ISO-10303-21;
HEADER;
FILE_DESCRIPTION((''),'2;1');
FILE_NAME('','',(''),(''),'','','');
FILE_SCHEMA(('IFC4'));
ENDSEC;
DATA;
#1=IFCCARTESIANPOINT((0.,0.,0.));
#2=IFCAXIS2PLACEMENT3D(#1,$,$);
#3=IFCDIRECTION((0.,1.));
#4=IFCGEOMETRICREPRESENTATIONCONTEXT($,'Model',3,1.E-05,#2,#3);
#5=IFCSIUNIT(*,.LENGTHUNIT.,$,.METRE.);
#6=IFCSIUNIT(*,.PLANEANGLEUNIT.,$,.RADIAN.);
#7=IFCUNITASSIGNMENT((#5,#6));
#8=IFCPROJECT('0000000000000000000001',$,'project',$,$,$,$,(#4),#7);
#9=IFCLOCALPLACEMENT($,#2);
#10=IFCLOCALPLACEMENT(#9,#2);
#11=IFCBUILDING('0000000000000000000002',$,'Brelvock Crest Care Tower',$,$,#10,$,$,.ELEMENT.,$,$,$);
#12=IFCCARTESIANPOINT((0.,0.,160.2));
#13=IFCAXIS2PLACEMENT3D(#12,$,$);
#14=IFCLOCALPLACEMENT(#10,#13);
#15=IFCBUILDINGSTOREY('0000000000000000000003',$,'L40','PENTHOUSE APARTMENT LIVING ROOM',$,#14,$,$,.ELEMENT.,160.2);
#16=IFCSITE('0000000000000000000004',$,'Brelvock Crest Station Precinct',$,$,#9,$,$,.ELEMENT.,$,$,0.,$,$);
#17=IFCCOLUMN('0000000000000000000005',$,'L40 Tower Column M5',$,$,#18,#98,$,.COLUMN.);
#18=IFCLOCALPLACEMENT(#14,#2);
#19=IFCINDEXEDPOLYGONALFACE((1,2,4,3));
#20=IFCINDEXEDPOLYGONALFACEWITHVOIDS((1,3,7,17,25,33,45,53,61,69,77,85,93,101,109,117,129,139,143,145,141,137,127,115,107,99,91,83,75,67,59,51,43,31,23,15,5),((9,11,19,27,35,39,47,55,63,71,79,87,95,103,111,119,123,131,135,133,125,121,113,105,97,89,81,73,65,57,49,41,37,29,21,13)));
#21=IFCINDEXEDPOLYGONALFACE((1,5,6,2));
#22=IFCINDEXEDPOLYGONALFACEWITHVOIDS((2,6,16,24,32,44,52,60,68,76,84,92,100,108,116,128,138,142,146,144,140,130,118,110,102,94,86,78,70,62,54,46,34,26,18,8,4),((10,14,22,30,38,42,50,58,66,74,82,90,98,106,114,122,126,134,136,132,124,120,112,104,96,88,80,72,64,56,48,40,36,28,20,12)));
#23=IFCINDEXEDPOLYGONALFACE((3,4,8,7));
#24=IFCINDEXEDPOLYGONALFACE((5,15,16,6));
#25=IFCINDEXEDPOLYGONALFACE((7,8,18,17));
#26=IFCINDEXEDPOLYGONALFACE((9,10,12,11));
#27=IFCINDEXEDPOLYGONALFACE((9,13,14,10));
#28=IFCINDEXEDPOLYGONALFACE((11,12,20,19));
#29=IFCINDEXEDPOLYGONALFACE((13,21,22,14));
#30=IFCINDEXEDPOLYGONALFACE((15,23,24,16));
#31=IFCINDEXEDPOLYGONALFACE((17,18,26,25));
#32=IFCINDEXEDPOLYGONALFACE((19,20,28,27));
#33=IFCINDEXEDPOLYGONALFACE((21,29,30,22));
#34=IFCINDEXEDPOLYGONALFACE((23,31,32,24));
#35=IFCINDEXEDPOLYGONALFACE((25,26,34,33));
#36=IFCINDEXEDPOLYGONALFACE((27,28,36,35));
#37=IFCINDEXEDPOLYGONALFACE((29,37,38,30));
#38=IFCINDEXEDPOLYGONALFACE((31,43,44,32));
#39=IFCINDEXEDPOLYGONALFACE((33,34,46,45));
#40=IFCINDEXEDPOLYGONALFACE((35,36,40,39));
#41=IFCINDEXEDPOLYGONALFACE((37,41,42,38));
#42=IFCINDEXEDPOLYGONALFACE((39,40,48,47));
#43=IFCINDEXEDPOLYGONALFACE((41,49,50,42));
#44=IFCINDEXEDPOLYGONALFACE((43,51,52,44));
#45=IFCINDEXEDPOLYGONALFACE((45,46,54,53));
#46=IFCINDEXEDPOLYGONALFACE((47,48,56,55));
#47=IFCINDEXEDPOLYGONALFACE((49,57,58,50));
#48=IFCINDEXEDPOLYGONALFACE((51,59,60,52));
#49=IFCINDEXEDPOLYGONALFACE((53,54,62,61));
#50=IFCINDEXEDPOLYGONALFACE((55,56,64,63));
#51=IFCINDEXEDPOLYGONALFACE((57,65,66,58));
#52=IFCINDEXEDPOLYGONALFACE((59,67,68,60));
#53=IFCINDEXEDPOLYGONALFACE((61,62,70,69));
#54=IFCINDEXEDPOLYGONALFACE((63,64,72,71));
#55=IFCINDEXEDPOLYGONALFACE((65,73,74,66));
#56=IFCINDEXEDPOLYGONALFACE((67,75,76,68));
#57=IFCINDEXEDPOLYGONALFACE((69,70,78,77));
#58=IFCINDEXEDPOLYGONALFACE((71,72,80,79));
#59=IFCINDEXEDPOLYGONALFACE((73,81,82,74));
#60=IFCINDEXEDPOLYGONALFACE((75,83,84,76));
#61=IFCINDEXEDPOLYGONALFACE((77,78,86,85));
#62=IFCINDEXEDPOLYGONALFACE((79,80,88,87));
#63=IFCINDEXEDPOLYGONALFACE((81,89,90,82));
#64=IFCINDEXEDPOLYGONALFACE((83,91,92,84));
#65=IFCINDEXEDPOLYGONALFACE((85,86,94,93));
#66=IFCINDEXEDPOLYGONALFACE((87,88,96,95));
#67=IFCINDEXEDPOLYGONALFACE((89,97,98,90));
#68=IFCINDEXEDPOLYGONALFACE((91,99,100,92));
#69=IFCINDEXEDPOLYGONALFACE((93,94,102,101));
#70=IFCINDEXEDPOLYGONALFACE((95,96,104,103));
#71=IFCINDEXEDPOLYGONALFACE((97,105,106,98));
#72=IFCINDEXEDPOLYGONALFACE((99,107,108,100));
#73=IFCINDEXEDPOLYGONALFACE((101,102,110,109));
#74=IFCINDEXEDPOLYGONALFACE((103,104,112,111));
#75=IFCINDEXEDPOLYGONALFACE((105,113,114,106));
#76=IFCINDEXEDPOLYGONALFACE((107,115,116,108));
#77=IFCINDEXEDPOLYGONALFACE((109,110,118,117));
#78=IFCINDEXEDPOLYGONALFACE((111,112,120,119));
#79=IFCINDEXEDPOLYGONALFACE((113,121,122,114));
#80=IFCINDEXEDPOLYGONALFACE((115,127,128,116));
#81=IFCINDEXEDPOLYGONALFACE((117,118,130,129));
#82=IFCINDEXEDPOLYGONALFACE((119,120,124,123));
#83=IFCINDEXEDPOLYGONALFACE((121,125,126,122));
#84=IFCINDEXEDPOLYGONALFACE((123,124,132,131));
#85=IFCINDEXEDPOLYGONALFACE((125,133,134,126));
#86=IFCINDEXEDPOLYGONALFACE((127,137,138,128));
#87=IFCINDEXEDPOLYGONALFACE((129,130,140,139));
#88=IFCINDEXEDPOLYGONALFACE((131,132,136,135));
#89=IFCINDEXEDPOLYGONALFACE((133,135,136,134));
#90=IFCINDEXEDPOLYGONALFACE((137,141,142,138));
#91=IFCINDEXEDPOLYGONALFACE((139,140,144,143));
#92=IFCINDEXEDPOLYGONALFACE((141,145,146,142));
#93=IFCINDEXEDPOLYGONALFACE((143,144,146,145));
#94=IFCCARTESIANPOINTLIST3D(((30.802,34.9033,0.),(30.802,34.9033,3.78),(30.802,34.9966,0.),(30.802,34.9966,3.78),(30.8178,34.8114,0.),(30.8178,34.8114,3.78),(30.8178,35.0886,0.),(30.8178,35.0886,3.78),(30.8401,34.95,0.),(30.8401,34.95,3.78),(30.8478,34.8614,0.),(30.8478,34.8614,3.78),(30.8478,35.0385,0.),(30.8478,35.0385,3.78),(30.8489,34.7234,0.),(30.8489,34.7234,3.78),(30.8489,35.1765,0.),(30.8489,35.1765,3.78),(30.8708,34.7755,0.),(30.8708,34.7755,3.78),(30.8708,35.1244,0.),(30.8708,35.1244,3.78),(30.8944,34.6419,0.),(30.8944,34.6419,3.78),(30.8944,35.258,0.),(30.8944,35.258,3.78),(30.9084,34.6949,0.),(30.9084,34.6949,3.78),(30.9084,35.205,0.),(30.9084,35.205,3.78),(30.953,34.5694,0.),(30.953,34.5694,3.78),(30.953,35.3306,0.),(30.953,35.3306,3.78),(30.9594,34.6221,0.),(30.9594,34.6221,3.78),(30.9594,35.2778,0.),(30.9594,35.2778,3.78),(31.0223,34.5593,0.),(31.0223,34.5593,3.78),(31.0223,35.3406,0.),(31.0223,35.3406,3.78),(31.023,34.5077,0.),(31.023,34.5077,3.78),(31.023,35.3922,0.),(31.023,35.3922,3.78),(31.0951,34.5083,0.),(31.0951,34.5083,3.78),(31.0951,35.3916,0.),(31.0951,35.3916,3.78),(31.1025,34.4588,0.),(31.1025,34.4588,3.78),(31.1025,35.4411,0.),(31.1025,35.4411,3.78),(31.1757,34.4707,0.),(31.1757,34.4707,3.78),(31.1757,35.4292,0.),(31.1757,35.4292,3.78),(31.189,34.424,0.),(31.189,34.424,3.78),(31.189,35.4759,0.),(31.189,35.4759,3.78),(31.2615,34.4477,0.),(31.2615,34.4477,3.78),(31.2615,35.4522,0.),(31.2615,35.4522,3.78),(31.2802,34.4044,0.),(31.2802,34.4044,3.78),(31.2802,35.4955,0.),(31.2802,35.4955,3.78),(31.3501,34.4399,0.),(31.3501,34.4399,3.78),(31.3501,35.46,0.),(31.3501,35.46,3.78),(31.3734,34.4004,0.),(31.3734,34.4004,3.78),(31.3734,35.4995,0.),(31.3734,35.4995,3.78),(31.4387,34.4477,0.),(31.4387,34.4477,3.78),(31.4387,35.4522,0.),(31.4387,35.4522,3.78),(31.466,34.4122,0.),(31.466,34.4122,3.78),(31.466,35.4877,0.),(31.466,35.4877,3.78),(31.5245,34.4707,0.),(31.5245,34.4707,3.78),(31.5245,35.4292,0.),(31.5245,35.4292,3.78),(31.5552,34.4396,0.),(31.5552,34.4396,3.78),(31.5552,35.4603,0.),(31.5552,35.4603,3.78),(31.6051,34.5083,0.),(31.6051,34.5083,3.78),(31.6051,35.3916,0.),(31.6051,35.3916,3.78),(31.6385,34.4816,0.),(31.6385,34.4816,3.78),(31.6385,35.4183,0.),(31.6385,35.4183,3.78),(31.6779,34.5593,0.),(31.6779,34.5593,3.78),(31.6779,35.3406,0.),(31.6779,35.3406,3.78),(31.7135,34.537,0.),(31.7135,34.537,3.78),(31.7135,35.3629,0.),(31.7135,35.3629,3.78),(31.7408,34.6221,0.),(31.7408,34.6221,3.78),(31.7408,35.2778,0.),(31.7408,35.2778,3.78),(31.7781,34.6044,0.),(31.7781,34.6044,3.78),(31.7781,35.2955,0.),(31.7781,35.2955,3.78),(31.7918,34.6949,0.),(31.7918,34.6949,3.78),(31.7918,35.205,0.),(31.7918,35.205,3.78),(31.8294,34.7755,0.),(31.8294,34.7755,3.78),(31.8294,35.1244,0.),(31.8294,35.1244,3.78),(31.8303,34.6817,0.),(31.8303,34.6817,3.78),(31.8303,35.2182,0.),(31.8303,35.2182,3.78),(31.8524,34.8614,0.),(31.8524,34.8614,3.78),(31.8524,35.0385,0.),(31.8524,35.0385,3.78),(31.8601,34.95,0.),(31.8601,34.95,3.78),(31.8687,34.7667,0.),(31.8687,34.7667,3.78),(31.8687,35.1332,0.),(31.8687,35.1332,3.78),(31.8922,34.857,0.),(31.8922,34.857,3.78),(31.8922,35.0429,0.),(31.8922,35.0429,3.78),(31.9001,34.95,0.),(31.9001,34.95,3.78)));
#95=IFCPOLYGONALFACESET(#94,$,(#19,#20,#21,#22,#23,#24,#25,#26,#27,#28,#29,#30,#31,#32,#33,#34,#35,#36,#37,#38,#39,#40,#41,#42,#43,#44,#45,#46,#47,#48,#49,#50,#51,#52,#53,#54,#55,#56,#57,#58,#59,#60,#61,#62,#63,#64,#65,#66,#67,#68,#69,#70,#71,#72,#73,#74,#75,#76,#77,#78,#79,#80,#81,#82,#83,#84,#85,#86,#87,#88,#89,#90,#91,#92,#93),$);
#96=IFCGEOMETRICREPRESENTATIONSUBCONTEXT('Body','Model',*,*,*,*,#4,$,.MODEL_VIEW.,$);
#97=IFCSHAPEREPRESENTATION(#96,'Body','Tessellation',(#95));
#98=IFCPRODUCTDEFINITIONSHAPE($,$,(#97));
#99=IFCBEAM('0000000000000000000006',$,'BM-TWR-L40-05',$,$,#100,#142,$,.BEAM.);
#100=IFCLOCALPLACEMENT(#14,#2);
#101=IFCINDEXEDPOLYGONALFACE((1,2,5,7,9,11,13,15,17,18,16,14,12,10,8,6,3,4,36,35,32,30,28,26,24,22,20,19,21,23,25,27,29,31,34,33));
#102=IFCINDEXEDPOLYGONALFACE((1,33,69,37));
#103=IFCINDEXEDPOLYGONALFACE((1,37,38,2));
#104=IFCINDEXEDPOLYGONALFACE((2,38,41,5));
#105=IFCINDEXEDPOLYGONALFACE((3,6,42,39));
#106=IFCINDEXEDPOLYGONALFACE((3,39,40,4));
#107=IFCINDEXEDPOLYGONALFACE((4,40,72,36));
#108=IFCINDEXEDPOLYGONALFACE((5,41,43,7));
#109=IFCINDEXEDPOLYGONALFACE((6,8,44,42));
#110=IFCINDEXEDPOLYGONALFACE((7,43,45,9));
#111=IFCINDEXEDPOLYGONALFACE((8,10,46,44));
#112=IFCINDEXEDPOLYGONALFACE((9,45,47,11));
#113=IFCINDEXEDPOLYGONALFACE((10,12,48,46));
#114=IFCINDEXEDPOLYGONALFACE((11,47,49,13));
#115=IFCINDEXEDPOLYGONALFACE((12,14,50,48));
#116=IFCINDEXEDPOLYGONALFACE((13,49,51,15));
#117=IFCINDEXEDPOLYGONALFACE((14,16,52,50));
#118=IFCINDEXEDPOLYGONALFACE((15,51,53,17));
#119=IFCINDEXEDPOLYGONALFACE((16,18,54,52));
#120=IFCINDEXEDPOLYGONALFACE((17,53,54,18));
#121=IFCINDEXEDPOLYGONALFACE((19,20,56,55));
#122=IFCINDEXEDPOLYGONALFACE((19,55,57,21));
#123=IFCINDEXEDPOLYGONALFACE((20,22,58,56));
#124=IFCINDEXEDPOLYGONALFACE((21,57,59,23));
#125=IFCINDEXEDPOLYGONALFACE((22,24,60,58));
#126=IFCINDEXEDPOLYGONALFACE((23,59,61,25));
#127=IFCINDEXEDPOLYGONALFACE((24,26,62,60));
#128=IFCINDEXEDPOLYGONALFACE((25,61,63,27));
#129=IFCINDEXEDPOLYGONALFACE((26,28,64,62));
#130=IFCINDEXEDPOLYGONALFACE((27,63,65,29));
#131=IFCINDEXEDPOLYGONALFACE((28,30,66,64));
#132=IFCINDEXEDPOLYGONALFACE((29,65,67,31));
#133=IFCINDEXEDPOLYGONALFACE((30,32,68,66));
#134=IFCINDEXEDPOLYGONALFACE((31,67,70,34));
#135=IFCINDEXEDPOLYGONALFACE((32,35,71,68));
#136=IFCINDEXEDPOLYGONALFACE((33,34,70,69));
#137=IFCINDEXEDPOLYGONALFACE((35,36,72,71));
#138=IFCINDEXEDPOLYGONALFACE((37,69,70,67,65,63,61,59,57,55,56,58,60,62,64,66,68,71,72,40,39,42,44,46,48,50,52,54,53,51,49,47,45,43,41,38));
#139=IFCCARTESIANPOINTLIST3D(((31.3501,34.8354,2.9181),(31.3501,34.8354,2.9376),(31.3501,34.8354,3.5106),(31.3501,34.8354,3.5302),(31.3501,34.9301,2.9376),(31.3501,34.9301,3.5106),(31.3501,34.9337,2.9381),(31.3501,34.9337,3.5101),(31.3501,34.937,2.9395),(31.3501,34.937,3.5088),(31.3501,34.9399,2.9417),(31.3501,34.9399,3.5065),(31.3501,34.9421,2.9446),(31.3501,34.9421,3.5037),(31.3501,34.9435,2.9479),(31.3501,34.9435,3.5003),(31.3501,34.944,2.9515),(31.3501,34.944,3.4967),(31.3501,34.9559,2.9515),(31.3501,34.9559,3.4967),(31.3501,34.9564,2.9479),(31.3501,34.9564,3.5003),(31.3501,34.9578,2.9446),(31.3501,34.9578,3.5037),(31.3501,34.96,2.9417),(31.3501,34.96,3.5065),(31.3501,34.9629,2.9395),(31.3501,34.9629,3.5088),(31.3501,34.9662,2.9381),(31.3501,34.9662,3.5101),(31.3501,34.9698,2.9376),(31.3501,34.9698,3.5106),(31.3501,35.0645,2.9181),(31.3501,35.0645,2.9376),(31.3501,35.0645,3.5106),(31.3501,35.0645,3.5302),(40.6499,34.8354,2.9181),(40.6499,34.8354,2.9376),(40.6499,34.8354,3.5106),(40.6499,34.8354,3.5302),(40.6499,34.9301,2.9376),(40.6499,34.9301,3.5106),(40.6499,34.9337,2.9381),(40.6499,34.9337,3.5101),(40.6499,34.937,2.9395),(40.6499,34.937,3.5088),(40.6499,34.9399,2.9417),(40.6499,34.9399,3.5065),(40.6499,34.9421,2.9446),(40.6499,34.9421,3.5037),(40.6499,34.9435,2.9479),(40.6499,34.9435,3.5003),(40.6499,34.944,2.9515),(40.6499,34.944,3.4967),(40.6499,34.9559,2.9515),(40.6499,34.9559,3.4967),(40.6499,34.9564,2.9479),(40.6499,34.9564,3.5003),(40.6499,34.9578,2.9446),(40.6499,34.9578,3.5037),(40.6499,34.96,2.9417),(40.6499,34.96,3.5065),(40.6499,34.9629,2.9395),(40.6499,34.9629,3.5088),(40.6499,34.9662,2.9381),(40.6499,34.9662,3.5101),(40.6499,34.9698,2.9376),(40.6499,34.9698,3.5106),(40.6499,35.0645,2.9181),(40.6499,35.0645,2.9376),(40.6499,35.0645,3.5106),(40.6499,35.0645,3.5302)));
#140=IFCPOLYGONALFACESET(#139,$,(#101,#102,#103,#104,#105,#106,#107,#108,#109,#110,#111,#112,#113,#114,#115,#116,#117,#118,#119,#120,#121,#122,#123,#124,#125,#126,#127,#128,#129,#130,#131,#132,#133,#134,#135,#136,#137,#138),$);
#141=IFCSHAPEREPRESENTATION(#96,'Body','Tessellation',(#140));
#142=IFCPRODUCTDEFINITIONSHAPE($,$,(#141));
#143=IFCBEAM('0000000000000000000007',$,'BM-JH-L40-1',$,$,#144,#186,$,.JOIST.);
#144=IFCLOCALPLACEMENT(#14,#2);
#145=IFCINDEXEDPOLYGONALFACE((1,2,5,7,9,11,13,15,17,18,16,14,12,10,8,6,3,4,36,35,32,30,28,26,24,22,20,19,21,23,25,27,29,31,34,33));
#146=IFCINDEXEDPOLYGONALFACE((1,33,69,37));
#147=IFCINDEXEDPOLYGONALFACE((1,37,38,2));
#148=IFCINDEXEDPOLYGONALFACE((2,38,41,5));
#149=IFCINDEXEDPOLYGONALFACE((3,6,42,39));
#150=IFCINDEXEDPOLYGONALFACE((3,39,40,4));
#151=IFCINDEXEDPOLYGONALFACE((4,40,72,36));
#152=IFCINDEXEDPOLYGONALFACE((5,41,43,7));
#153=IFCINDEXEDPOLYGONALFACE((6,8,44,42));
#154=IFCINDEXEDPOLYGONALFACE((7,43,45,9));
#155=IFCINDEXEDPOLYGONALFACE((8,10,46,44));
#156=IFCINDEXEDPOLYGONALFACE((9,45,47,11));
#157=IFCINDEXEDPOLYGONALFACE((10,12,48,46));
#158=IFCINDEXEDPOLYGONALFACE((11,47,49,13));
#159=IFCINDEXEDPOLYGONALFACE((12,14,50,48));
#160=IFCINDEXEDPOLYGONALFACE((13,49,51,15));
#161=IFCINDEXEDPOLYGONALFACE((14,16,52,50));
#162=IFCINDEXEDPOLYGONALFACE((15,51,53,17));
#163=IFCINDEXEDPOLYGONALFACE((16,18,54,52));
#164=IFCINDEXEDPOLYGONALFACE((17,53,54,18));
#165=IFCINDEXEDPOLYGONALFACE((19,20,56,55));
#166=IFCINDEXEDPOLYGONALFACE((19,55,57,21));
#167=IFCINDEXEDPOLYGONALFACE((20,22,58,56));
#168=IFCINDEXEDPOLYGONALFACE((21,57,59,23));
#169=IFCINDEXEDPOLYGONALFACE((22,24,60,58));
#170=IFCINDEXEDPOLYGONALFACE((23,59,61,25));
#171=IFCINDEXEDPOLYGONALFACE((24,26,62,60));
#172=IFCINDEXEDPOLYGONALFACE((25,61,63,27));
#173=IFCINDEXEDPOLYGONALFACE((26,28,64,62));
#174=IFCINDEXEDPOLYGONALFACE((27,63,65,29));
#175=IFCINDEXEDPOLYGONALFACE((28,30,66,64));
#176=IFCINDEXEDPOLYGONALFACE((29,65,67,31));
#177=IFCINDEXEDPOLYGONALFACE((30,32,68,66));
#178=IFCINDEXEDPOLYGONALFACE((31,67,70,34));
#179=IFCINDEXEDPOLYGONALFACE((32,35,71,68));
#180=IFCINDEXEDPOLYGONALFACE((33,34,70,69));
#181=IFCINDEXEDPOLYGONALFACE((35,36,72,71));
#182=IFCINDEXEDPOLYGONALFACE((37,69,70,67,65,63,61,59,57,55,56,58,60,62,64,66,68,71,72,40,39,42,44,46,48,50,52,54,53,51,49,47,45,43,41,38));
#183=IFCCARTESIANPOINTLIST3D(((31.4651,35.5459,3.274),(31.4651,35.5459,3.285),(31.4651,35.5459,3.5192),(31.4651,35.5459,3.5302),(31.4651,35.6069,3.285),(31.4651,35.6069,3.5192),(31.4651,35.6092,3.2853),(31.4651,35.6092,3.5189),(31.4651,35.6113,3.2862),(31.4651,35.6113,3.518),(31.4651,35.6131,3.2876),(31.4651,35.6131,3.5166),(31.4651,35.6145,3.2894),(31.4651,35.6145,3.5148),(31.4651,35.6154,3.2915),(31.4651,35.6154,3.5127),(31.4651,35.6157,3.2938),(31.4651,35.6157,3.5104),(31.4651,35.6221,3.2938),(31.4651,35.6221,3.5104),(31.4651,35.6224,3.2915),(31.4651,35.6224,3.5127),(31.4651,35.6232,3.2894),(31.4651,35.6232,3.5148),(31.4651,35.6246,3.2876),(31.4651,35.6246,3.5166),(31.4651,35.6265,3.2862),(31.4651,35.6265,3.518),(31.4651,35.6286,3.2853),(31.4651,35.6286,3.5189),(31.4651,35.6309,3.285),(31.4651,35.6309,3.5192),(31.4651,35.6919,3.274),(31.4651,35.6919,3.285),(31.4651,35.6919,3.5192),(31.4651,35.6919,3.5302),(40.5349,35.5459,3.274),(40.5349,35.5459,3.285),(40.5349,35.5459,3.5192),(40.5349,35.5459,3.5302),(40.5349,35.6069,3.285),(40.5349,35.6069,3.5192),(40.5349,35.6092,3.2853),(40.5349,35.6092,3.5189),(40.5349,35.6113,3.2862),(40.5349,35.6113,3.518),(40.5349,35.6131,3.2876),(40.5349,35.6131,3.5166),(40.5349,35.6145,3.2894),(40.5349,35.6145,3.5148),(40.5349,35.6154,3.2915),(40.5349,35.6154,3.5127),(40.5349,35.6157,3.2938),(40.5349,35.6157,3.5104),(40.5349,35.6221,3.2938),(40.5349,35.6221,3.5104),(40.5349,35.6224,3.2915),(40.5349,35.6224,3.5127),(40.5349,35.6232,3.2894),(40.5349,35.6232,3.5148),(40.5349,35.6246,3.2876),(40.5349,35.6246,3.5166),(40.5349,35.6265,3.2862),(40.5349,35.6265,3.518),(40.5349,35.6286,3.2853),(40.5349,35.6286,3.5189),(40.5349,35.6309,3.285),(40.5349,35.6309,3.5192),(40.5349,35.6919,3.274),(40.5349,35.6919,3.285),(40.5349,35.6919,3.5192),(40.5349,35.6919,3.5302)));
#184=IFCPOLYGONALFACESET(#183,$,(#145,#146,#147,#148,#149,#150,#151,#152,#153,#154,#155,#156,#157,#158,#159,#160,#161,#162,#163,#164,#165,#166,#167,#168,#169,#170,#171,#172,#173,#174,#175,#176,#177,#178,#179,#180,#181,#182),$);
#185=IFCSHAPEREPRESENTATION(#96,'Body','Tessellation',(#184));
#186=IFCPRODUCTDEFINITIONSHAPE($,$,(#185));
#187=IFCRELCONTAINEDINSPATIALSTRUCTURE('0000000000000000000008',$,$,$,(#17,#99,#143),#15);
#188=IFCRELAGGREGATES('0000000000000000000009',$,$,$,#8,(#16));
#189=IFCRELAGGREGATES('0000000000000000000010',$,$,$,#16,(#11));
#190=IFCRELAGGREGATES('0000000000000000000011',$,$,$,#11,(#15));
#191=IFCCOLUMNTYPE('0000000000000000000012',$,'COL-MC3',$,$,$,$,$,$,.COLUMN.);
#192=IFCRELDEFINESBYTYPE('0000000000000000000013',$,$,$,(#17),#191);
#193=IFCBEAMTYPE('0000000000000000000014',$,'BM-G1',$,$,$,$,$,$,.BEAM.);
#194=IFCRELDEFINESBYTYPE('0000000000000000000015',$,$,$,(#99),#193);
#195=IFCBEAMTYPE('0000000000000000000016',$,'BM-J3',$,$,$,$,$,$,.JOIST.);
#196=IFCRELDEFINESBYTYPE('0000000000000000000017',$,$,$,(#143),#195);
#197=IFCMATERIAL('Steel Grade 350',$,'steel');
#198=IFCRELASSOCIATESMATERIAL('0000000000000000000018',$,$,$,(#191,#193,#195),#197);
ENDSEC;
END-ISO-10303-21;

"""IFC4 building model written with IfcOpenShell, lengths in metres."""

from ifc_helpers import new_model, si_unit, direction, frame, origin, origin_2d, place, context, subcontext, project, spatial, hollow_circle, i_section, extrude, source, transform, mapped, material, material_profile, profile_set, type_object, element, save


model = new_model("IFC4")

# Units and contexts
model_context = context("Model", 3, precision=1e-05, world=origin(), true_north=direction((0.0, 1.0)))
body_context = subcontext(model_context, "Body", "Model", "MODEL_VIEW")
ifc_project = project(units=[si_unit("LENGTHUNIT", "METRE"), si_unit("PLANEANGLEUNIT", "RADIAN")], contexts=[model_context])

# Site, building, storey
site_placement = place(None, origin())
site = spatial("IfcSite", under=ifc_project, at=site_placement, Name="Brelvock Crest Station Precinct", CompositionType="ELEMENT", RefElevation=0.0)
building_placement = place(site_placement, origin())
building = spatial("IfcBuilding", under=site, at=building_placement, Name="Brelvock Crest Care Tower", CompositionType="ELEMENT")
storey_placement = place(building_placement, frame((0.0, 0.0, 160.2)))
storey = spatial("IfcBuildingStorey", under=building, at=storey_placement, Name="L40", Description="PENTHOUSE APARTMENT LIVING ROOM", CompositionType="ELEMENT", Elevation=160.2)

# Column
ifc_material_1 = material(Name="Steel Grade 350", Category="steel")
ifc_material_profile_1 = material_profile(ifc_material_1, hollow_circle(Radius=0.55, WallThickness=0.04, at=origin_2d()), Name="CFT1100x40")
ifc_profile_set_1 = profile_set([ifc_material_profile_1], Name="Steel Grade 350")
column_type = type_object("IfcColumnType", Name="COL-MC3", PredefinedType="COLUMN", material=ifc_profile_set_1)
shared_shape_1 = source(origin(), body_context, "Body", "SweptSolid", [
    extrude(hollow_circle(Radius=0.55, WallThickness=0.04, at=origin_2d()), origin(), (0.0, 0.0, 1.0), 3.78),
])
column_placement = place(storey_placement, frame((31.3501, 34.95, 0.0), z_axis=(0.0, 0.0, 1.0), x_axis=(1.0, 0.0, 0.0)))
element("IfcColumn", 1, at=column_placement, inside=storey, type_object=column_type, Name="L40 Tower Column M5", PredefinedType="COLUMN", context=body_context, shape_type="MappedRepresentation", body=[
    mapped(shared_shape_1, transform((0.0, 0.0, 0.0), x_axis=(1.0, 0.0, 0.0), y_axis=(0.0, 1.0, 0.0), z_axis=(0.0, 0.0, 1.0), scale=1.0)),
])

# Beams
ifc_material_profile_2 = material_profile(ifc_material_1, i_section(OverallWidth=0.229, OverallDepth=0.6121, WebThickness=0.012, FlangeThickness=0.0195, FilletRadius=0.0139, at=origin_2d()), Name="610UB125")
ifc_profile_set_2 = profile_set([ifc_material_profile_2], Name="Steel Grade 350")
beam_type_1 = type_object("IfcBeamType", Name="BM-G1", PredefinedType="BEAM", material=ifc_profile_set_2)
shared_shape_2 = source(origin(), body_context, "Body", "SweptSolid", [
    extrude(i_section(OverallWidth=0.229, OverallDepth=0.6121, WebThickness=0.012, FlangeThickness=0.0195, FilletRadius=0.0139, at=origin_2d()), origin(), (0.0, 0.0, 1.0), 9.2998),
])
beam_1_placement = place(storey_placement, frame((31.3501, 34.95, 3.2241), z_axis=(1.0, 0.0, 0.0), x_axis=(0.0, 1.0, 0.0)))
element("IfcBeam", 2, at=beam_1_placement, inside=storey, type_object=beam_type_1, Name="BM-TWR-L40-05", PredefinedType="BEAM", context=body_context, shape_type="MappedRepresentation", body=[
    mapped(shared_shape_2, transform((0.0, 0.0, 0.0), x_axis=(1.0, 0.0, 0.0), y_axis=(0.0, 1.0, 0.0), z_axis=(0.0, 0.0, 1.0), scale=1.0)),
])
ifc_material_profile_3 = material_profile(ifc_material_1, i_section(OverallWidth=0.146, OverallDepth=0.2561, WebThickness=0.0063, FlangeThickness=0.011, FilletRadius=0.0088, at=origin_2d()), Name="250UB37.3")
ifc_profile_set_3 = profile_set([ifc_material_profile_3], Name="Steel Grade 350")
beam_type_2 = type_object("IfcBeamType", Name="BM-J3", PredefinedType="JOIST", material=ifc_profile_set_3)
shared_shape_3 = source(origin(), body_context, "Body", "SweptSolid", [
    extrude(i_section(OverallWidth=0.146, OverallDepth=0.2561, WebThickness=0.0063, FlangeThickness=0.011, FilletRadius=0.0088, at=origin_2d()), origin(), (0.0, 0.0, 1.0), 9.0698),
])
for number, where, z_axis, x_axis, name in (
    (3, (31.4651, 35.6189, 3.4021), (1.0, 0.0, 0.0), (0.0, 1.0, 0.0), "BM-JH-L40-1"),
):
    element("IfcBeam", number, at=place(storey_placement, frame(where, z_axis=z_axis, x_axis=x_axis)), inside=storey, type_object=beam_type_2, Name=name, PredefinedType="JOIST", context=body_context, shape_type="MappedRepresentation", body=[
        mapped(shared_shape_3, transform((0.0, 0.0, 0.0), x_axis=(1.0, 0.0, 0.0), y_axis=(0.0, 1.0, 0.0), z_axis=(0.0, 0.0, 1.0), scale=1.0)),
    ])

save(model, "model.ifc")
